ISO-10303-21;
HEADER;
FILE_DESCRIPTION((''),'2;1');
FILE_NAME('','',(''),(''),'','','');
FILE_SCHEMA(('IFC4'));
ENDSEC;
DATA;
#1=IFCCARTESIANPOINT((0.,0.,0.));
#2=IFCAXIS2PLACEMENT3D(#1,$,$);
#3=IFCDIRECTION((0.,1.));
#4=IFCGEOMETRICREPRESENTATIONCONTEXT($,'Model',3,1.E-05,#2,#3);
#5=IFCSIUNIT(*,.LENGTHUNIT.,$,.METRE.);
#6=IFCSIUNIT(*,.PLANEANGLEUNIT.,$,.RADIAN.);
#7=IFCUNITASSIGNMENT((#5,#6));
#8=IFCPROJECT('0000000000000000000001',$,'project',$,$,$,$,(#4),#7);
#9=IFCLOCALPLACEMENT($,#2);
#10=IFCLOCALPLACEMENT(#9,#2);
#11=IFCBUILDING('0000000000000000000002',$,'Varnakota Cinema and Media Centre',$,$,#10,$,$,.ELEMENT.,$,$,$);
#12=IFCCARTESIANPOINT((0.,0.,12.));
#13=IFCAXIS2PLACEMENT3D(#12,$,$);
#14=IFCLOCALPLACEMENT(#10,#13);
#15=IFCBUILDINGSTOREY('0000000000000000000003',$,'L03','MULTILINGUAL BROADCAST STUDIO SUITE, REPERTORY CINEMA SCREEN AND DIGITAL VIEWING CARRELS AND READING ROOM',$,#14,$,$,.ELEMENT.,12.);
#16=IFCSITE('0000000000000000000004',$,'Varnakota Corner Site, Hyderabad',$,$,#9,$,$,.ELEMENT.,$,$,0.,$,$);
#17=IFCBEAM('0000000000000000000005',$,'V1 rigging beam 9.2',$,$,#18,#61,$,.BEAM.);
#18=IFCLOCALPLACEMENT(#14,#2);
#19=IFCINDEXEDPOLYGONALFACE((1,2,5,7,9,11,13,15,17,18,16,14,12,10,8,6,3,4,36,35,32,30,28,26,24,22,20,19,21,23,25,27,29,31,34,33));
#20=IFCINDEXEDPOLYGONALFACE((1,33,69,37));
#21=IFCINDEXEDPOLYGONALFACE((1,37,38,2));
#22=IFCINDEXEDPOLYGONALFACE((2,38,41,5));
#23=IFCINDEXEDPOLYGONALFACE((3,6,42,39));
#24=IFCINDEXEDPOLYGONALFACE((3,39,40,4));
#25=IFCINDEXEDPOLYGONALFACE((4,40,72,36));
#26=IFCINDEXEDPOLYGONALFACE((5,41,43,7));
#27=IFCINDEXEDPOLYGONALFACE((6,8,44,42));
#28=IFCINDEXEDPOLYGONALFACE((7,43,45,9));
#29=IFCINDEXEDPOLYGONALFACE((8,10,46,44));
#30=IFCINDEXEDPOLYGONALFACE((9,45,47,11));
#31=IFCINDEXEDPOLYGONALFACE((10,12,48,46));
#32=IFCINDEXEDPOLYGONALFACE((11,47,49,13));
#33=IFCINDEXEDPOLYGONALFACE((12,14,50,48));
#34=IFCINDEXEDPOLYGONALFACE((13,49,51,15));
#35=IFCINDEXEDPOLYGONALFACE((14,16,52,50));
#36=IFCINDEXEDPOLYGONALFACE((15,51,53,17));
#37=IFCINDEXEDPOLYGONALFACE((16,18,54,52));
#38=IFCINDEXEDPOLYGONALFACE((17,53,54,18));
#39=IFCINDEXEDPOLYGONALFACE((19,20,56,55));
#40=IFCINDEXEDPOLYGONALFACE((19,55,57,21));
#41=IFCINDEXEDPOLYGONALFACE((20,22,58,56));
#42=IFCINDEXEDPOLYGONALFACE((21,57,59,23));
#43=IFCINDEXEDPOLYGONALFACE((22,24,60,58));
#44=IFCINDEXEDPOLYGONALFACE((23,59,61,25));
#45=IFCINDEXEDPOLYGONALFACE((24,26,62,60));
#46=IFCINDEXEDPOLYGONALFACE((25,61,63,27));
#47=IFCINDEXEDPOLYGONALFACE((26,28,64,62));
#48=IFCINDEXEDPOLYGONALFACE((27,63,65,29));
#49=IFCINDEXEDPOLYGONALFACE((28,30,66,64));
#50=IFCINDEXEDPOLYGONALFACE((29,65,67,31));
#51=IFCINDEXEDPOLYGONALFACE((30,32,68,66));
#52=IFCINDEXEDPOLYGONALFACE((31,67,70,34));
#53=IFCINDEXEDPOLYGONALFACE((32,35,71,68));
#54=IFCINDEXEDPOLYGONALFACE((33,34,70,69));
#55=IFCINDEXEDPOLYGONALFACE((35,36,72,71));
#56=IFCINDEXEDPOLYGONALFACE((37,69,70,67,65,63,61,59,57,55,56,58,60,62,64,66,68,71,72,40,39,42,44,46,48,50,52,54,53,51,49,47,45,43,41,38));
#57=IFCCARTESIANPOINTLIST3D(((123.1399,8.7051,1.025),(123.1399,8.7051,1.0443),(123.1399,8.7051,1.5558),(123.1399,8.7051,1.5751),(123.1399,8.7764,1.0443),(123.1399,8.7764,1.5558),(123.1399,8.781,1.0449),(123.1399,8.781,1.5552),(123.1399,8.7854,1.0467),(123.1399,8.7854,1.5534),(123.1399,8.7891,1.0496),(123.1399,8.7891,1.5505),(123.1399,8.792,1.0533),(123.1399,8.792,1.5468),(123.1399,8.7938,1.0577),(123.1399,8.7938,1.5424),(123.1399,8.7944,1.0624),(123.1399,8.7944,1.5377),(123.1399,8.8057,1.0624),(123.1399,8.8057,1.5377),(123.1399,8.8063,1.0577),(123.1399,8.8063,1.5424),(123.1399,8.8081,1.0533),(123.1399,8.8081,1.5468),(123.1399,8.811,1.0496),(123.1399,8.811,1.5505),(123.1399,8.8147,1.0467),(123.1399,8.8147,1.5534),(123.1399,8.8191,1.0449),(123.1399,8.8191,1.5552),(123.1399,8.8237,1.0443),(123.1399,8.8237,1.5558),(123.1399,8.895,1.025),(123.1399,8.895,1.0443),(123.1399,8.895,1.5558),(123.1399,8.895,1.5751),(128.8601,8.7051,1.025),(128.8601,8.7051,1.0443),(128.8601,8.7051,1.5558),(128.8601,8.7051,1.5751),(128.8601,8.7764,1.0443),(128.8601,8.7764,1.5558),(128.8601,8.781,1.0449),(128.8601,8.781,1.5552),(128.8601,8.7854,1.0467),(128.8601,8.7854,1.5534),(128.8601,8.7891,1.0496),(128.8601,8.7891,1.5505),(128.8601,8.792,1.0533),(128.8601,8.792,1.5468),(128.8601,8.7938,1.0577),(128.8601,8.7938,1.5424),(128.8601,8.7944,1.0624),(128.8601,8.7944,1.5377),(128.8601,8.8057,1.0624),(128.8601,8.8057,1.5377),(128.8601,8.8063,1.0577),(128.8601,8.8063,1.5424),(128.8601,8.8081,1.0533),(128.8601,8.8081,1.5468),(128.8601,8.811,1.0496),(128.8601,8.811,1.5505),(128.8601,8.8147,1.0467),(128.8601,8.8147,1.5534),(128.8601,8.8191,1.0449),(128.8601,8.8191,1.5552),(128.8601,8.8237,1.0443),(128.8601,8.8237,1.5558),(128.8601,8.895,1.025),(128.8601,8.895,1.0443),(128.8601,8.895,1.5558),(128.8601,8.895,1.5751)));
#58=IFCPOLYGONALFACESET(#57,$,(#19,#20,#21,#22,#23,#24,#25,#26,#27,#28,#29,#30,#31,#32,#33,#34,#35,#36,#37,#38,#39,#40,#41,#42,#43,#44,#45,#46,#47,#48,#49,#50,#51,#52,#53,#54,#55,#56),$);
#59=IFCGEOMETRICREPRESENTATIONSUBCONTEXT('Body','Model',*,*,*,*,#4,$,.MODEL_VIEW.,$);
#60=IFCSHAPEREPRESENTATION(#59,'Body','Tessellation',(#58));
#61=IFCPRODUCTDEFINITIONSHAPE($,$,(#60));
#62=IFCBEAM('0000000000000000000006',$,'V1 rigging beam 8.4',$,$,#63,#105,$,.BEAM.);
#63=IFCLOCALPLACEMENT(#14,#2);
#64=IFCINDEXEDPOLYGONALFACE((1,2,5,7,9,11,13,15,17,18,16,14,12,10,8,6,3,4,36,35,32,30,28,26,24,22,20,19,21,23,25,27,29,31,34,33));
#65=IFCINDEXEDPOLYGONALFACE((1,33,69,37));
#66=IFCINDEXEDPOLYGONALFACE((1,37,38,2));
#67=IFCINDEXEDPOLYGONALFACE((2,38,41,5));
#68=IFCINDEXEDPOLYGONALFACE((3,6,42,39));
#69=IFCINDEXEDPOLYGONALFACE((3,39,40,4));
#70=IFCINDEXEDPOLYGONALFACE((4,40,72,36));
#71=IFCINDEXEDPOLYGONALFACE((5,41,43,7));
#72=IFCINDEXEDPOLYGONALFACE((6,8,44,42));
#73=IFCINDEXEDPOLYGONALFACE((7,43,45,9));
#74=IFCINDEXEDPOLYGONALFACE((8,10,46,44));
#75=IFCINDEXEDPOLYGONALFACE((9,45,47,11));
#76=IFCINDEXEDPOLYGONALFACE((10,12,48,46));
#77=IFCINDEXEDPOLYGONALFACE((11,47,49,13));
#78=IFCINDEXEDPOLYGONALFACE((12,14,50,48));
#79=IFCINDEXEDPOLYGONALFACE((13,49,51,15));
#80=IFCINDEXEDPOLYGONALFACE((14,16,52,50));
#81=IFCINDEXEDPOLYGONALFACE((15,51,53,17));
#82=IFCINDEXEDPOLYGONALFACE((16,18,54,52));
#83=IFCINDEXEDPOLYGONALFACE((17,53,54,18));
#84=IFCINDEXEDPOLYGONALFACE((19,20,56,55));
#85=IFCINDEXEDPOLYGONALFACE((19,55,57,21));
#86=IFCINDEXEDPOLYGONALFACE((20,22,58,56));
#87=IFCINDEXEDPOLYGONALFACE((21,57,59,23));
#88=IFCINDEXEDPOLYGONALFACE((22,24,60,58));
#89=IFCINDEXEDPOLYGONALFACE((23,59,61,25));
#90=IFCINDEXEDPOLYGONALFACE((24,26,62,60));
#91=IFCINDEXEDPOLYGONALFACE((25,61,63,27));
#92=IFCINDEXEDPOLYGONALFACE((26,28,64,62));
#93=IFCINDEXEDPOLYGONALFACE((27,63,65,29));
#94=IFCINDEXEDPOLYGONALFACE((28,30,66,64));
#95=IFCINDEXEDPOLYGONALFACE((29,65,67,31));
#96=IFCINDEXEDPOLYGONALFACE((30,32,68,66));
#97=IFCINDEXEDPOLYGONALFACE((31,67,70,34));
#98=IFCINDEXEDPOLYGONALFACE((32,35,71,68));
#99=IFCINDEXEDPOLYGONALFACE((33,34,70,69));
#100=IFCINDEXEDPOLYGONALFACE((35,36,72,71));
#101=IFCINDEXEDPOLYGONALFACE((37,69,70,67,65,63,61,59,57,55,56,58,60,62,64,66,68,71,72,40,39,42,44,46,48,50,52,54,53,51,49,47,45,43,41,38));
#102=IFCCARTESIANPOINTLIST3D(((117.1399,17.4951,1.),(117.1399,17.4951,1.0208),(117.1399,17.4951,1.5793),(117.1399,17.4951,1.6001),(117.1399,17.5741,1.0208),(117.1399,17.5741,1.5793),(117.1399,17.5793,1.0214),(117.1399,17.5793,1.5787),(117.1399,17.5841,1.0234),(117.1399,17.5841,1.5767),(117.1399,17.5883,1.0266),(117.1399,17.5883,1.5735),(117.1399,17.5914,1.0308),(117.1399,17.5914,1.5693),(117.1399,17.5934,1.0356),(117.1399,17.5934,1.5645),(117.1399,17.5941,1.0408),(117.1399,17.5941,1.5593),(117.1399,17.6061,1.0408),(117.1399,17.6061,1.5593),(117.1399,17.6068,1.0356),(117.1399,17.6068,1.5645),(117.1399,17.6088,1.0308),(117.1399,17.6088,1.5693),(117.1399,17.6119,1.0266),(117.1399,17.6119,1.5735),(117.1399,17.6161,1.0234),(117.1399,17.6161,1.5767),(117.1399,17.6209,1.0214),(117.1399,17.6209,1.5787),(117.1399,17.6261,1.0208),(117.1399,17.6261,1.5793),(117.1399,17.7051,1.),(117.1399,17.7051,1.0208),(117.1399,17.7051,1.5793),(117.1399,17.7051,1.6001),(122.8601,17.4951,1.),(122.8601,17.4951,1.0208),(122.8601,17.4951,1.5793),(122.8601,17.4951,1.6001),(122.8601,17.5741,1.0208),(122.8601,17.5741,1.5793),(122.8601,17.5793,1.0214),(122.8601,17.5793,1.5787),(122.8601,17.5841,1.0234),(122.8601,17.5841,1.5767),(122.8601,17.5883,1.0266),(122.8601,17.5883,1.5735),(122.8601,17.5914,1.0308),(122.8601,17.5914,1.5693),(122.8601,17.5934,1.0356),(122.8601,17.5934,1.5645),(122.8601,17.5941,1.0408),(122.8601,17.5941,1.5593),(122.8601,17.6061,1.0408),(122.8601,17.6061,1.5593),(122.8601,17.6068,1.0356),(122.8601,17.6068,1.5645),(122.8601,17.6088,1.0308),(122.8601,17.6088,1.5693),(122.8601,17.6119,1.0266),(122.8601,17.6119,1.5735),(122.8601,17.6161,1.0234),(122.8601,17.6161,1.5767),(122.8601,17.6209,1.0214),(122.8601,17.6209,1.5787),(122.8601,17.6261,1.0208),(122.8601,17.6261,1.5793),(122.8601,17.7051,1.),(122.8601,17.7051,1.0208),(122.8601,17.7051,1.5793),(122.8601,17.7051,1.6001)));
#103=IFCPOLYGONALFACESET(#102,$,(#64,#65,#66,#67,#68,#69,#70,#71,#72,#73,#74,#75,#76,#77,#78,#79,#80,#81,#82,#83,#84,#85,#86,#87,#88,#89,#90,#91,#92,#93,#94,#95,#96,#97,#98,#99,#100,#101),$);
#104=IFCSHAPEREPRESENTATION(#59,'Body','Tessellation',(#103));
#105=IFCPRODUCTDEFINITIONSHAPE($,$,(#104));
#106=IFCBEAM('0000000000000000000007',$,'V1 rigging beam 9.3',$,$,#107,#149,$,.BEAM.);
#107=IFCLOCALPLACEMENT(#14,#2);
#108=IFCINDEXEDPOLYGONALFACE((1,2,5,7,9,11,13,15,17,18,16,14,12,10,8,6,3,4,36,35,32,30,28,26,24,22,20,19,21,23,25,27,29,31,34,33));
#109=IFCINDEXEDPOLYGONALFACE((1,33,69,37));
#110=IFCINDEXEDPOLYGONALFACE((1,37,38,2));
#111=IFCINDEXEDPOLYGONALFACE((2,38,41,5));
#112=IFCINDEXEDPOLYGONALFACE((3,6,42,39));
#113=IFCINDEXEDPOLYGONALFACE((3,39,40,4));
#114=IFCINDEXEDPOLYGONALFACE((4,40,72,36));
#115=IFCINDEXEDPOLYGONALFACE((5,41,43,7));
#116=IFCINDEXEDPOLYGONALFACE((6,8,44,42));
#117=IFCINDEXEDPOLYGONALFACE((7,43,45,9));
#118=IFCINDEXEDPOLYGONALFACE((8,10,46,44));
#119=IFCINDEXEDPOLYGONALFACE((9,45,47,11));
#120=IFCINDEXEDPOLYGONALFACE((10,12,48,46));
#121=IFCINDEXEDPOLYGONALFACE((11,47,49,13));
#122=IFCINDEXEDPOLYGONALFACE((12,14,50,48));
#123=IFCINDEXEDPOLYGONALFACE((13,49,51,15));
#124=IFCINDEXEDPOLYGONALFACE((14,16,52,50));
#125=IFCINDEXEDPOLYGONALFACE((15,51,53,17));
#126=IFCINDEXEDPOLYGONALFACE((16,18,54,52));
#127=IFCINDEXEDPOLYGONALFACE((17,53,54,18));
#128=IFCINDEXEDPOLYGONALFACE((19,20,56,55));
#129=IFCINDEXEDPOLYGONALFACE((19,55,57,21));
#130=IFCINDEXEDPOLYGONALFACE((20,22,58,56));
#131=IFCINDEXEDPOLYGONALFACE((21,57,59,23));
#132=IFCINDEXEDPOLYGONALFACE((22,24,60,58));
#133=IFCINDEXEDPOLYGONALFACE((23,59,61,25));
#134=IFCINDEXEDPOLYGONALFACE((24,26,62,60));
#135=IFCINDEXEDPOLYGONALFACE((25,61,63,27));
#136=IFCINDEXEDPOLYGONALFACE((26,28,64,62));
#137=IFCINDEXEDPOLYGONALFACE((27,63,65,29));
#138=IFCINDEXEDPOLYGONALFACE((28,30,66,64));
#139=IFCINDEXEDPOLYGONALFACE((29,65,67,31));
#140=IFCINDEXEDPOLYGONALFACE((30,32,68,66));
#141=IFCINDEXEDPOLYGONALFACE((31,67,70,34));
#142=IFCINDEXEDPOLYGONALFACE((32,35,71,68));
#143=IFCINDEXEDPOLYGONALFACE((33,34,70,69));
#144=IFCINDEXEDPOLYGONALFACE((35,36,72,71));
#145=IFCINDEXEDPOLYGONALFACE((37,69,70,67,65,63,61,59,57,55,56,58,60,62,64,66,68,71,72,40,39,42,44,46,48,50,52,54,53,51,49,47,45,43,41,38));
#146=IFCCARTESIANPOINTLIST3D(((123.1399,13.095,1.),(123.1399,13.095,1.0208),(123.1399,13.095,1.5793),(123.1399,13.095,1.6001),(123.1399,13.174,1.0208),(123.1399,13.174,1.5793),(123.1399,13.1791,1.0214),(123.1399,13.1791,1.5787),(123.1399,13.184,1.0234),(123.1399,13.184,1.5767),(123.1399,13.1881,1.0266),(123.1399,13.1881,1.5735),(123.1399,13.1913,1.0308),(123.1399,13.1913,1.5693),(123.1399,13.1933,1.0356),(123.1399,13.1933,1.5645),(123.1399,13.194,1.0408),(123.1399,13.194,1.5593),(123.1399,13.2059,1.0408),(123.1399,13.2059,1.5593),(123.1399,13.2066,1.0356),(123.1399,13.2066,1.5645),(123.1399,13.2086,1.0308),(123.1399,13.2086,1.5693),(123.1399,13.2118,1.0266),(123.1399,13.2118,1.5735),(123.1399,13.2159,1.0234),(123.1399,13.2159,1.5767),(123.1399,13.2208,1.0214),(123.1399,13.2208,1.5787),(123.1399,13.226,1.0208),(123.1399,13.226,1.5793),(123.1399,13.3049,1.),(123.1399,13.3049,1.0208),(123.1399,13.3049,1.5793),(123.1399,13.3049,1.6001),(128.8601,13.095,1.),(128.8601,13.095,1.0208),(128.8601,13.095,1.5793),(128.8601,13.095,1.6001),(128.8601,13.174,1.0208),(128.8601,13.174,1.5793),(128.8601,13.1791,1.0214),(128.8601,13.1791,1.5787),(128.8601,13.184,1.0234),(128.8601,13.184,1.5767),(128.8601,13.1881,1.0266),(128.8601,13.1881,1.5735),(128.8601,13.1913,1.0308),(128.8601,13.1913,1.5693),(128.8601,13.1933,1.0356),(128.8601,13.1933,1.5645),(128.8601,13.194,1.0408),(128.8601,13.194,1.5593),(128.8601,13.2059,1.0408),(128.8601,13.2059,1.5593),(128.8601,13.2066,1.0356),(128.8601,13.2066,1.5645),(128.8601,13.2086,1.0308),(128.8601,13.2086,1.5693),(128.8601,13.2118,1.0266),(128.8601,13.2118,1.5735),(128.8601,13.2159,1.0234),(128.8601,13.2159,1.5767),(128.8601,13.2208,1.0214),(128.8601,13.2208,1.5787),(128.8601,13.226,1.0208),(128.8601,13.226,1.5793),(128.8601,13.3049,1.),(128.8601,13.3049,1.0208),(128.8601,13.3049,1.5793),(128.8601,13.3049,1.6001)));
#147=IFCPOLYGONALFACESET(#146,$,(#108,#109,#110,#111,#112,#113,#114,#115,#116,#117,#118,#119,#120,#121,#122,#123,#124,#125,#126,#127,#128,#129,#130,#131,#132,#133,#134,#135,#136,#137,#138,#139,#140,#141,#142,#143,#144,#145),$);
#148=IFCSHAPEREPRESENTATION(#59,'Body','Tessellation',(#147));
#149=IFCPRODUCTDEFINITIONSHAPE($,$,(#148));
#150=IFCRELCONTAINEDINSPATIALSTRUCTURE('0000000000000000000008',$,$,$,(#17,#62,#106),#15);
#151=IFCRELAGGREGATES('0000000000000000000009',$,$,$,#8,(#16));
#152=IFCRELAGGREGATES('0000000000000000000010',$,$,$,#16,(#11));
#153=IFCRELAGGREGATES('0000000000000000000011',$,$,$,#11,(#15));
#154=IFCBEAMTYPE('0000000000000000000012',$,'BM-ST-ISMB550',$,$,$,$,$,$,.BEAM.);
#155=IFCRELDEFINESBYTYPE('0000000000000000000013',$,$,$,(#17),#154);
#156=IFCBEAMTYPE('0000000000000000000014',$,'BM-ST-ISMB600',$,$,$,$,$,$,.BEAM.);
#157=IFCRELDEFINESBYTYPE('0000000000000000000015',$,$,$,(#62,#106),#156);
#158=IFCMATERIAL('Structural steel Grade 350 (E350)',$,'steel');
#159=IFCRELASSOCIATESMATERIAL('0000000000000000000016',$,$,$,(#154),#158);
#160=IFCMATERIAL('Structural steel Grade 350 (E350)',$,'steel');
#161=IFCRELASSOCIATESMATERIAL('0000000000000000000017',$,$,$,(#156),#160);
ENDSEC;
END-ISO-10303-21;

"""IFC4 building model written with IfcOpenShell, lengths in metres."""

from ifc_helpers import new_model, si_unit, direction, frame, origin, origin_2d, place, context, subcontext, project, spatial, i_section, extrude, material, material_profile, profile_set, type_object, element, save


model = new_model("IFC4")

# Units and contexts
model_context = context("Model", 3, precision=1e-05, world=origin(), true_north=direction((0.0, 1.0)))
body_context = subcontext(model_context, "Body", "Model", "MODEL_VIEW")
ifc_project = project(units=[si_unit("LENGTHUNIT", "METRE"), si_unit("PLANEANGLEUNIT", "RADIAN")], contexts=[model_context])

# Site, building, storey
site_placement = place(None, origin())
site = spatial("IfcSite", under=ifc_project, at=site_placement, Name="Varnakota Corner Site, Hyderabad", CompositionType="ELEMENT", RefElevation=0.0)
building_placement = place(site_placement, origin())
building = spatial("IfcBuilding", under=site, at=building_placement, Name="Varnakota Cinema and Media Centre", CompositionType="ELEMENT")
storey_placement = place(building_placement, frame((0.0, 0.0, 12.0)))
storey = spatial("IfcBuildingStorey", under=building, at=storey_placement, Name="L03", Description="MULTILINGUAL BROADCAST STUDIO SUITE, REPERTORY CINEMA SCREEN AND DIGITAL VIEWING CARRELS AND READING ROOM", CompositionType="ELEMENT", Elevation=12.0)

# Beams
ifc_material_1 = material(Name="Structural steel Grade 350 (E350)", Category="steel")
ifc_material_profile_1 = material_profile(ifc_material_1, i_section(OverallWidth=0.1899, OverallDepth=0.55, WebThickness=0.0112, FlangeThickness=0.0193, FilletRadius=0.0181, at=origin_2d()), Name="ISMB 550")
ifc_profile_set_1 = profile_set([ifc_material_profile_1], Name="Structural steel Grade 350 (E350)")
beam_type_1 = type_object("IfcBeamType", Name="BM-ST-ISMB550", PredefinedType="BEAM", material=ifc_profile_set_1)
for number, where, z_axis, x_axis, name in (
    (1, (123.1399, 8.8, 1.3), (1.0, 0.0, 0.0), (0.0, 1.0, 0.0), "V1 rigging beam 9.2"),
):
    element("IfcBeam", number, at=place(storey_placement, frame(where, z_axis=z_axis, x_axis=x_axis)), inside=storey, type_object=beam_type_1, Name=name, PredefinedType="BEAM", context=body_context, shape_type="SweptSolid", body=[
        extrude(i_section(OverallWidth=0.1899, OverallDepth=0.55, WebThickness=0.0112, FlangeThickness=0.0193, FilletRadius=0.0181, at=origin_2d()), origin(), (0.0, 0.0, 1.0), 5.7202),
    ])
ifc_material_2 = material(Name="Structural steel Grade 350 (E350)", Category="steel")
ifc_material_profile_2 = material_profile(ifc_material_2, i_section(OverallWidth=0.21, OverallDepth=0.6001, WebThickness=0.012, FlangeThickness=0.0208, FilletRadius=0.02, at=origin_2d()), Name="ISMB 600")
ifc_profile_set_2 = profile_set([ifc_material_profile_2], Name="Structural steel Grade 350 (E350)")
beam_type_2 = type_object("IfcBeamType", Name="BM-ST-ISMB600", PredefinedType="BEAM", material=ifc_profile_set_2)
for number, where, z_axis, x_axis, name in (
    (2, (117.1399, 17.6001, 1.3), (1.0, 0.0, 0.0), (0.0, 1.0, 0.0), "V1 rigging beam 8.4"),
    (3, (123.1399, 13.2, 1.3), (1.0, 0.0, 0.0), (0.0, 1.0, 0.0), "V1 rigging beam 9.3"),
):
    element("IfcBeam", number, at=place(storey_placement, frame(where, z_axis=z_axis, x_axis=x_axis)), inside=storey, type_object=beam_type_2, Name=name, PredefinedType="BEAM", context=body_context, shape_type="SweptSolid", body=[
        extrude(i_section(OverallWidth=0.21, OverallDepth=0.6001, WebThickness=0.012, FlangeThickness=0.0208, FilletRadius=0.02, at=origin_2d()), origin(), (0.0, 0.0, 1.0), 5.7202),
    ])

save(model, "model.ifc")
